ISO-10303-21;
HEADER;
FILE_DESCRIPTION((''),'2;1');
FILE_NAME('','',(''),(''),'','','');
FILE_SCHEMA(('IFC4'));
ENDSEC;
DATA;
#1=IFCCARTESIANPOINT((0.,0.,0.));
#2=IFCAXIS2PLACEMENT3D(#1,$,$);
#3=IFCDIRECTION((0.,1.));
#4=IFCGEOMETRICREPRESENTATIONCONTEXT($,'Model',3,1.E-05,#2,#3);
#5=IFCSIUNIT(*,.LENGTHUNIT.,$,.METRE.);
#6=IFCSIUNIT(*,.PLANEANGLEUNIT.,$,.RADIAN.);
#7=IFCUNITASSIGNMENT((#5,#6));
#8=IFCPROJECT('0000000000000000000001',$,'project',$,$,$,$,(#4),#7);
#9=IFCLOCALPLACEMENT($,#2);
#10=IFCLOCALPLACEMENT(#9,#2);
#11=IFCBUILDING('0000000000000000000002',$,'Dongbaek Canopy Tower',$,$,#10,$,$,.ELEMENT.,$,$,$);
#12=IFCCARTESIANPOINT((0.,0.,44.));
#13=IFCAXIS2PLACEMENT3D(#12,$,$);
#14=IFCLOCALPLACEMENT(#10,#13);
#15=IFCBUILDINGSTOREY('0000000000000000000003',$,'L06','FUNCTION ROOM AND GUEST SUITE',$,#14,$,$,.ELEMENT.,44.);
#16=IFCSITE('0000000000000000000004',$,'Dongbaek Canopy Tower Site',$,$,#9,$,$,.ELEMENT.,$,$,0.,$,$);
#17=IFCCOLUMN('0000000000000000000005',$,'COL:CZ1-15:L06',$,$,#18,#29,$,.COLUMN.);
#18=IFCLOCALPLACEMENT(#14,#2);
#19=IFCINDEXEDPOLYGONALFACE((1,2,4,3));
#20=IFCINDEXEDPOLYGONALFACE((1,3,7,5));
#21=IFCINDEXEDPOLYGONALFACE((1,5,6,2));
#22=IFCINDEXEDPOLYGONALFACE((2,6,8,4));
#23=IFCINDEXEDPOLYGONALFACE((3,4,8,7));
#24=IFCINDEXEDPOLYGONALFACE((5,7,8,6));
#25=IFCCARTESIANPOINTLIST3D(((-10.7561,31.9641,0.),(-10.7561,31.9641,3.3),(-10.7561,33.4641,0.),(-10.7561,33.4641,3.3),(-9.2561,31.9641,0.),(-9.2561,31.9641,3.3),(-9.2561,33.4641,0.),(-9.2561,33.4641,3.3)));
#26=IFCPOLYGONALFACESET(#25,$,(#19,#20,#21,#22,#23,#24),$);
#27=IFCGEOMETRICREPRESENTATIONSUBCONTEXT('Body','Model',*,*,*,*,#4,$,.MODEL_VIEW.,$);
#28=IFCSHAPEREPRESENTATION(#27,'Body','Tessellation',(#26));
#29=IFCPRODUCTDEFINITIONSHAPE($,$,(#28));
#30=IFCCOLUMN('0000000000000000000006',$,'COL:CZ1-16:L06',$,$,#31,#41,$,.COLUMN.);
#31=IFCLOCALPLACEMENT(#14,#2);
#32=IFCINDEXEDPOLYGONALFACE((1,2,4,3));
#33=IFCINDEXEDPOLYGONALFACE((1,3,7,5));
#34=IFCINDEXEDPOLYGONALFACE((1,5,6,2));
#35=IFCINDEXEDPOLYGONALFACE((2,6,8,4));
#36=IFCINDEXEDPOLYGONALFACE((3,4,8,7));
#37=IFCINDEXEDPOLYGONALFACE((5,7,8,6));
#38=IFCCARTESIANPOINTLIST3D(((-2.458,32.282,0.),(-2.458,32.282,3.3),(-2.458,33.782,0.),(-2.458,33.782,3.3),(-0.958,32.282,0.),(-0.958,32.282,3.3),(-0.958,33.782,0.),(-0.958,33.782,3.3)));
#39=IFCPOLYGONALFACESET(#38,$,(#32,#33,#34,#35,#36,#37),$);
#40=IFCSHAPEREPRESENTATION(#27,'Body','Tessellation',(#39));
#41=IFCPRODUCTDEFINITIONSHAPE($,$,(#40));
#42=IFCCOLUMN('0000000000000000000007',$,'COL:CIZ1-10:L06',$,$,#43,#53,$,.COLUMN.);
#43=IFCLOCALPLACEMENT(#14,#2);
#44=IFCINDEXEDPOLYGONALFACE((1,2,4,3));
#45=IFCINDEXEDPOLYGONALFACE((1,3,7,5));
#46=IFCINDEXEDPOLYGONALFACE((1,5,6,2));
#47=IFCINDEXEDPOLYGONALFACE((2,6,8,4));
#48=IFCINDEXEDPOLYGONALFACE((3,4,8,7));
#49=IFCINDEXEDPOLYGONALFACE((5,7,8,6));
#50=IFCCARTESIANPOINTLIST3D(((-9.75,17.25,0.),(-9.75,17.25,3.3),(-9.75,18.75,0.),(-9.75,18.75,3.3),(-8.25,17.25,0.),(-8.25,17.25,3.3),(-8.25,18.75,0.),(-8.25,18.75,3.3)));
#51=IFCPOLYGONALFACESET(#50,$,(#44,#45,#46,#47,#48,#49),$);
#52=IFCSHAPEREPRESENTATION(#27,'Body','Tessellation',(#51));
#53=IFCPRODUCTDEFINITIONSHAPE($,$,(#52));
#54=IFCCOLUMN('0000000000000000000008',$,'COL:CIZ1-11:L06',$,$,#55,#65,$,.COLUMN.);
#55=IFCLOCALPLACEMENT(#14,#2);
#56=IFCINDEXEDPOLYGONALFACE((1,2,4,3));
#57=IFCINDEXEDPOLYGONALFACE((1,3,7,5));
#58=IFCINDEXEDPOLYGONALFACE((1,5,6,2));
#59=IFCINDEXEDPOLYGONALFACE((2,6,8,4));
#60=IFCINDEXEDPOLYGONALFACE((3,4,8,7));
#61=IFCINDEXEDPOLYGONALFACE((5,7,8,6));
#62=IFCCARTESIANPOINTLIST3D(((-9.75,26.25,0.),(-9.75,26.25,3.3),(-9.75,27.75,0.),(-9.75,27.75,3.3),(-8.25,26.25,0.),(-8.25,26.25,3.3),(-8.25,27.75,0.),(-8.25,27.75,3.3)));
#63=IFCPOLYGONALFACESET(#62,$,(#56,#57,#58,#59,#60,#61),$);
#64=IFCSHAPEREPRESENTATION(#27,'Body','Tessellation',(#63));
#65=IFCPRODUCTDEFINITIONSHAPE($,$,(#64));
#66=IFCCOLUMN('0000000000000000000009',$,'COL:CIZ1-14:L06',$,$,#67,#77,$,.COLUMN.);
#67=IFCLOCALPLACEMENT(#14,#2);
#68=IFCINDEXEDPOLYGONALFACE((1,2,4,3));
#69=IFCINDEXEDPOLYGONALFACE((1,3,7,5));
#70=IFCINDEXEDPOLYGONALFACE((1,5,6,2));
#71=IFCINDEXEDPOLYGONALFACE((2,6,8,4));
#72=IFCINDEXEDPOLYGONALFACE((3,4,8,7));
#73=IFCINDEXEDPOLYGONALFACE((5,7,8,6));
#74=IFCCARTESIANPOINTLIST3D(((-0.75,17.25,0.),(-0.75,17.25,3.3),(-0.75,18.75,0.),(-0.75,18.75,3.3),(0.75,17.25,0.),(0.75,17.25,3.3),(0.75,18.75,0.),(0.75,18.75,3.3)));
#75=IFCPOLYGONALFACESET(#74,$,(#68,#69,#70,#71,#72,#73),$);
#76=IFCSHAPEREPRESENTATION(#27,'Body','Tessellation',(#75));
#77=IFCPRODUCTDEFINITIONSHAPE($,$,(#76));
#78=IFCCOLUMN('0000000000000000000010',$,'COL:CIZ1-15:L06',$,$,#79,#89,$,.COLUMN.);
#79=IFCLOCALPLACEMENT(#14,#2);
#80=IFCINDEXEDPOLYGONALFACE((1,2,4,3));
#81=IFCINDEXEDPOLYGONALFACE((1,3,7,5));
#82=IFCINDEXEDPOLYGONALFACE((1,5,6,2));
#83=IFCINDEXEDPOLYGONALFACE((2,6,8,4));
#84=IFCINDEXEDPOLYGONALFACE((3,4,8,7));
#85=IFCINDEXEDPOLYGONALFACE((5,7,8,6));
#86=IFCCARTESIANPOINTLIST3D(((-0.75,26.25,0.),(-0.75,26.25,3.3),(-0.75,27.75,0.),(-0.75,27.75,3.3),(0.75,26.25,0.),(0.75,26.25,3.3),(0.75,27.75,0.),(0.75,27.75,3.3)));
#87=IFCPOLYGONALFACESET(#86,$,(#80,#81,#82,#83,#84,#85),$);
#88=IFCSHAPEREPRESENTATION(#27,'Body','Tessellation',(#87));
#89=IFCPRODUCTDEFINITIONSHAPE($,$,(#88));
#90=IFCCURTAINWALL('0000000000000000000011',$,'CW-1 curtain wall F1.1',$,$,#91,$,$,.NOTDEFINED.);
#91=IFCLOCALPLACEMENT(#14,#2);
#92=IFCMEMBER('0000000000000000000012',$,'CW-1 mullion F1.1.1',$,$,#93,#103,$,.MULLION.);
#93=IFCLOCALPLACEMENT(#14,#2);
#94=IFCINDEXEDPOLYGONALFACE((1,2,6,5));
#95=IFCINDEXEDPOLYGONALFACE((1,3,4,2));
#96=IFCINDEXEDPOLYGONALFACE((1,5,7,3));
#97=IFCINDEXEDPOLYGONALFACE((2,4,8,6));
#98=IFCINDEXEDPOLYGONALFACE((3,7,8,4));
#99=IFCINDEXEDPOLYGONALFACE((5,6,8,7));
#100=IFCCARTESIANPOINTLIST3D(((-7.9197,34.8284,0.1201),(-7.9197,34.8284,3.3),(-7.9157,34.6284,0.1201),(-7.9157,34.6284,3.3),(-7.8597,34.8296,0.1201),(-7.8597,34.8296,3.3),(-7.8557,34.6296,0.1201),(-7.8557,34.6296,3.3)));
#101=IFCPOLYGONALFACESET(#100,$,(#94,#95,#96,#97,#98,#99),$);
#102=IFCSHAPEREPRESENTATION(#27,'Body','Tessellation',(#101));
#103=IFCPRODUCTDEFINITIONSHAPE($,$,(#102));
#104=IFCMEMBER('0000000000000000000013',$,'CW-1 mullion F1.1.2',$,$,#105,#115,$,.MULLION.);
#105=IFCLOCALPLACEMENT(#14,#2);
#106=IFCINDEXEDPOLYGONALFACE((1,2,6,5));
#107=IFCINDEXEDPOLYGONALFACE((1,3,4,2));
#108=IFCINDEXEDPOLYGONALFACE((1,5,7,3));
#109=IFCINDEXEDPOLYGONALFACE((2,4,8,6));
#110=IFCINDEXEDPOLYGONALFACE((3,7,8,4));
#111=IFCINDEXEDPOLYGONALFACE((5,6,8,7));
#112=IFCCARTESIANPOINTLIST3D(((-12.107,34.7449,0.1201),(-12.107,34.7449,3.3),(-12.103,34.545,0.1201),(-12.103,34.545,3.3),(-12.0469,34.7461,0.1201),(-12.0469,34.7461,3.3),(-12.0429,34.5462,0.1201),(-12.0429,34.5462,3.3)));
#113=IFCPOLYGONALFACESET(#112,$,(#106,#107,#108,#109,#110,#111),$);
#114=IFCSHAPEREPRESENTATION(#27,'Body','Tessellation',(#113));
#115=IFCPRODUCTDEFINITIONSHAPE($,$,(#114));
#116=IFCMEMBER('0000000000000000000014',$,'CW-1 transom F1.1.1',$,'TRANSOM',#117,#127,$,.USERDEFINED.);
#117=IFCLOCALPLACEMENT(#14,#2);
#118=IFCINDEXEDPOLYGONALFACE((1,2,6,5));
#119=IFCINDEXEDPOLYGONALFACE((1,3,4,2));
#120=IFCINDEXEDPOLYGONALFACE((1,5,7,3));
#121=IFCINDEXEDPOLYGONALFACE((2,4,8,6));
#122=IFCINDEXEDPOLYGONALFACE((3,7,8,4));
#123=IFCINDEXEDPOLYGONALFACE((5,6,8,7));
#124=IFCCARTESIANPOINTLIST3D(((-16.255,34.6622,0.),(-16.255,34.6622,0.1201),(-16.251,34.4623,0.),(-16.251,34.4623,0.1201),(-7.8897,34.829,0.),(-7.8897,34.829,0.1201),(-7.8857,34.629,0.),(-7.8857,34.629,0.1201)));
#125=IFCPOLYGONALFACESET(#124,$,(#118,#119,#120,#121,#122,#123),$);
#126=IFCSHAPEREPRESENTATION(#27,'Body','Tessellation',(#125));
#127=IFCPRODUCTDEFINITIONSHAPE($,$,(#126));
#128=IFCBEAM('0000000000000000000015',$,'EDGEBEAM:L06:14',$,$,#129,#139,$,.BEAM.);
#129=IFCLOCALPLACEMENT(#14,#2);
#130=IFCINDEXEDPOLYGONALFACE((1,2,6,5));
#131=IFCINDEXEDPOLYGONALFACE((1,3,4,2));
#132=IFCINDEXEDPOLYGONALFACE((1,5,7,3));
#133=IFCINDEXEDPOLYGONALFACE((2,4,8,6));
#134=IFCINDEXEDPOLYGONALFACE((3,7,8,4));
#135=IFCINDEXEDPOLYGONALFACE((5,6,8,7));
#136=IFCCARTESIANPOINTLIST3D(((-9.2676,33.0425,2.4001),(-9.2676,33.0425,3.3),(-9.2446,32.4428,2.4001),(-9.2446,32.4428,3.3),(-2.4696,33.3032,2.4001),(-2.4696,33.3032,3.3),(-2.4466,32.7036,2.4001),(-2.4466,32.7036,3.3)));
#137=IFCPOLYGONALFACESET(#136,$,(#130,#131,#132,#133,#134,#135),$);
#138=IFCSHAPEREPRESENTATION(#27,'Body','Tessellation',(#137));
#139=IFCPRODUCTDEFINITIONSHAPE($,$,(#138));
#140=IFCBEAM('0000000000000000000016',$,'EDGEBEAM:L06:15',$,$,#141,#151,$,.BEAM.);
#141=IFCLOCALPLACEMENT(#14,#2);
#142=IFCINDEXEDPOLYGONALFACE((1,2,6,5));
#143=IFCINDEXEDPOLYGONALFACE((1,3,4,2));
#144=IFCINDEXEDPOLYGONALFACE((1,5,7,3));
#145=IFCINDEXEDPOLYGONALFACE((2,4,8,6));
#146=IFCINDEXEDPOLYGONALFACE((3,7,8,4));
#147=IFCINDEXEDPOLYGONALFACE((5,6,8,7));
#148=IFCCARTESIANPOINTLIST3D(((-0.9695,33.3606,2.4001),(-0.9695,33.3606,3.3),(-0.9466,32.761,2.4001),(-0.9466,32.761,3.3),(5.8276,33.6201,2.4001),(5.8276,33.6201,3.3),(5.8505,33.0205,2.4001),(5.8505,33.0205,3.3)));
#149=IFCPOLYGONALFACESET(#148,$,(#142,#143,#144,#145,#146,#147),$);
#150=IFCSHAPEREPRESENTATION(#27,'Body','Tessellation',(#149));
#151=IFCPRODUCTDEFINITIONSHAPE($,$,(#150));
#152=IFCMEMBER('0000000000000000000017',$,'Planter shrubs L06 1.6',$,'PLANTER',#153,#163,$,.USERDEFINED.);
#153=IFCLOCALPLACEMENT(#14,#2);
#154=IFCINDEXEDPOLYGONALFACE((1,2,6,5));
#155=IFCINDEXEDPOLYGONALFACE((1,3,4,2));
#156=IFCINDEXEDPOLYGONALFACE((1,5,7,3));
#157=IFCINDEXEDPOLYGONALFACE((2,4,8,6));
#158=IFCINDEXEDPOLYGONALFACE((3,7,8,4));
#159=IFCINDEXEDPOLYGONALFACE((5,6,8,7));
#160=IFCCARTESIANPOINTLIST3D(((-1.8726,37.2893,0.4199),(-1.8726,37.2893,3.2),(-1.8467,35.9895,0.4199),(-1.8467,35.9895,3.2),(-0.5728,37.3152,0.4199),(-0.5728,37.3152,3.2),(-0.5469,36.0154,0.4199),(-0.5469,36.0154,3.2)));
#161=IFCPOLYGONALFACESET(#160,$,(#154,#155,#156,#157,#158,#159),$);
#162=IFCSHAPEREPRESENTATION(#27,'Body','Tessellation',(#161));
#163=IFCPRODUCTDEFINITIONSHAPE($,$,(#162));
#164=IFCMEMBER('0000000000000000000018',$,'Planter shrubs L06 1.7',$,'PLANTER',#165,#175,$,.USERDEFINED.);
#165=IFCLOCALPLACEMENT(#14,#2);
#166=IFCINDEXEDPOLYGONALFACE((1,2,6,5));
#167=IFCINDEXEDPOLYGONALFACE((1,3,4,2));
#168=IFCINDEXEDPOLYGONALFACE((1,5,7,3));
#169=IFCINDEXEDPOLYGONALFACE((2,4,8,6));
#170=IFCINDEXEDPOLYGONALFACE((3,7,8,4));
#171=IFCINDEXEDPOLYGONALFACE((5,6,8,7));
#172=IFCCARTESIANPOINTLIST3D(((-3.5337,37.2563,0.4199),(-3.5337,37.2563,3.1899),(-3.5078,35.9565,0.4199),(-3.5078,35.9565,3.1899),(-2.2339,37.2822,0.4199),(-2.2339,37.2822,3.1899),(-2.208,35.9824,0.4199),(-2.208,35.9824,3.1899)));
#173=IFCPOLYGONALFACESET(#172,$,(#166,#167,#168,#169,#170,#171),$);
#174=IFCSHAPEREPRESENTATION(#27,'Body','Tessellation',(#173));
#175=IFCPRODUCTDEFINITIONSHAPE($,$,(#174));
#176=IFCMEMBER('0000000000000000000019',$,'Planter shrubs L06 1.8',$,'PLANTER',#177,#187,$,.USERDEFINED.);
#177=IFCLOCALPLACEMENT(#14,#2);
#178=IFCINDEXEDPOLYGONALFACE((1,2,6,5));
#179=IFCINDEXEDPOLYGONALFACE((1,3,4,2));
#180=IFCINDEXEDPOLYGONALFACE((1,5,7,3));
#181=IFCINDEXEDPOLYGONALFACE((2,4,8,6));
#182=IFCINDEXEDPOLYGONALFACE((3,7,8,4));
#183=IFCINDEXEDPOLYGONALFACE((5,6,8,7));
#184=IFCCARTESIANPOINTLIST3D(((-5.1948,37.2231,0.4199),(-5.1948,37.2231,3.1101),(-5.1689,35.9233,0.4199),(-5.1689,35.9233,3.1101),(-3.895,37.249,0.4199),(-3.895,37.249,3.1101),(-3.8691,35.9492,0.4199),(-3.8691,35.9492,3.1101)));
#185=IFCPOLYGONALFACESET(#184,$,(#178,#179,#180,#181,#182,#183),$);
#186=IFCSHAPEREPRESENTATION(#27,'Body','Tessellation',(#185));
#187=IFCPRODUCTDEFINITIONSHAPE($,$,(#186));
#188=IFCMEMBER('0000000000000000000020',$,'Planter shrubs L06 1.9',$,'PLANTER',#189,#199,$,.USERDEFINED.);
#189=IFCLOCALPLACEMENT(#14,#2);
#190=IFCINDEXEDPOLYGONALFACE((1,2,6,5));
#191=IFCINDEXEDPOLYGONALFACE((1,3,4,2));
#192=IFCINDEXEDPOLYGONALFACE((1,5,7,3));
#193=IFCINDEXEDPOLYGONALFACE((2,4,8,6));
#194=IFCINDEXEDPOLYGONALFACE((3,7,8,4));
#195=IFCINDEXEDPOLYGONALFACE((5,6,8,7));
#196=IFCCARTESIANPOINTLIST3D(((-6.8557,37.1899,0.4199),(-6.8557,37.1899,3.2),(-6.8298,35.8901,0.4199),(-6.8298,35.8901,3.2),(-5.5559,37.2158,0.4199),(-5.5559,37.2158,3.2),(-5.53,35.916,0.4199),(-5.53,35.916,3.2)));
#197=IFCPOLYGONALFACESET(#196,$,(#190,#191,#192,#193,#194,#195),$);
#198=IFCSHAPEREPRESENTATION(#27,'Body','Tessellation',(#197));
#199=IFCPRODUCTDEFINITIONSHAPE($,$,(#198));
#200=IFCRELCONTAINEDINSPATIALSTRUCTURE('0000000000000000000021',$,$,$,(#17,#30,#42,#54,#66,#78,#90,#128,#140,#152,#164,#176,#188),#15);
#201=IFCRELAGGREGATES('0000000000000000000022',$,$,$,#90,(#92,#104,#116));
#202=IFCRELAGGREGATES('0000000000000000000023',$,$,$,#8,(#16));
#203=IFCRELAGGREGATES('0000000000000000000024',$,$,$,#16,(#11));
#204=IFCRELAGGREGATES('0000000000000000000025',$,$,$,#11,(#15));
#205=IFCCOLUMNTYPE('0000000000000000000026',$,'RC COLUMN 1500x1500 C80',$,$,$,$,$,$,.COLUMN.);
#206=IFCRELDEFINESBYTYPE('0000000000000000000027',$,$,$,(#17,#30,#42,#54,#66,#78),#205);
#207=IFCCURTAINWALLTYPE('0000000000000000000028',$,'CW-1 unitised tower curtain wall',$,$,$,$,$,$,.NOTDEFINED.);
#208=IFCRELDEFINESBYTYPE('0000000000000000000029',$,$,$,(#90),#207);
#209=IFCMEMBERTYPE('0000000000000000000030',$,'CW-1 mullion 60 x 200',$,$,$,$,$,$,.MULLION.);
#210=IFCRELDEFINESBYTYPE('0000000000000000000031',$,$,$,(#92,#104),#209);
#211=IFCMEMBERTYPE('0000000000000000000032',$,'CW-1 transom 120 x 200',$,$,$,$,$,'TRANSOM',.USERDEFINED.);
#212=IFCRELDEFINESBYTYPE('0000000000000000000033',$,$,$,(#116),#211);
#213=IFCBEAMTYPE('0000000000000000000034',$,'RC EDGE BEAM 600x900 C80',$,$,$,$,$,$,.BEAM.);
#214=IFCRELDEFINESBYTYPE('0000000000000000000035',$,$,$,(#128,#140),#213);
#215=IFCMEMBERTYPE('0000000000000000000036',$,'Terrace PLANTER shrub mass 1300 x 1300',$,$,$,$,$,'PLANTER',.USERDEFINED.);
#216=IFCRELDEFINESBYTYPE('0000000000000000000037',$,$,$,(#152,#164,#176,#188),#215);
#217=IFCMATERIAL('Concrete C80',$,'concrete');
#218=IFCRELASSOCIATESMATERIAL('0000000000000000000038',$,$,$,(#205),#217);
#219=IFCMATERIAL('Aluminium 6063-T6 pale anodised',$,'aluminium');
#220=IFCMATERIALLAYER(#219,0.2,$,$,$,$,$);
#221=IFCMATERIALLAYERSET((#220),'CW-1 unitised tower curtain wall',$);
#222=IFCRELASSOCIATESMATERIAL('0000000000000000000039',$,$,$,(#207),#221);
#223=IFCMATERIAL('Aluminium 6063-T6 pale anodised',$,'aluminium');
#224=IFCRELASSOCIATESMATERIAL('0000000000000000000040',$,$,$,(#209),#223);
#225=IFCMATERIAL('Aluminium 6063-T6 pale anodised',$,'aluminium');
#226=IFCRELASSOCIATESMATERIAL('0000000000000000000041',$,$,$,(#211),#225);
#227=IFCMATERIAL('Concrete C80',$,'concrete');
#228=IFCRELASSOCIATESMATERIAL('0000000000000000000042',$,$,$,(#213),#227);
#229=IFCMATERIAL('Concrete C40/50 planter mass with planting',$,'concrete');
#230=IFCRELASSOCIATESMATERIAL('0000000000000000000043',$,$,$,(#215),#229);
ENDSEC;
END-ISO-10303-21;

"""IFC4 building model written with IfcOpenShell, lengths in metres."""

from ifc_helpers import new_model, si_unit, direction, frame, origin, origin_2d, place, context, subcontext, project, spatial, rectangle, extrude, material, layer, layer_set, material_profile, profile_set, type_object, element, aggregate, save


model = new_model("IFC4")

# Units and contexts
model_context = context("Model", 3, precision=1e-05, world=origin(), true_north=direction((0.0, 1.0)))
body_context = subcontext(model_context, "Body", "Model", "MODEL_VIEW")
ifc_project = project(units=[si_unit("LENGTHUNIT", "METRE"), si_unit("PLANEANGLEUNIT", "RADIAN")], contexts=[model_context])

# Site, building, storey
site_placement = place(None, origin())
site = spatial("IfcSite", under=ifc_project, at=site_placement, Name="Dongbaek Canopy Tower Site", CompositionType="ELEMENT", RefElevation=0.0)
building_placement = place(site_placement, origin())
building = spatial("IfcBuilding", under=site, at=building_placement, Name="Dongbaek Canopy Tower", CompositionType="ELEMENT")
storey_placement = place(building_placement, frame((0.0, 0.0, 44.0)))
storey = spatial("IfcBuildingStorey", under=building, at=storey_placement, Name="L06", Description="FUNCTION ROOM AND GUEST SUITE", CompositionType="ELEMENT", Elevation=44.0)

# Columns
ifc_material_1 = material(Name="Concrete C80", Category="concrete")
ifc_material_profile_1 = material_profile(ifc_material_1, rectangle(XDim=1.5, YDim=1.5, at=origin_2d()), Name="RC COLUMN 1500x1500 C80")
ifc_profile_set_1 = profile_set([ifc_material_profile_1], Name="Concrete C80")
column_type = type_object("IfcColumnType", Name="RC COLUMN 1500x1500 C80", PredefinedType="COLUMN", material=ifc_profile_set_1)
for number, where, z_axis, x_axis, name in (
    (1, (-10.0061, 32.7141, 0.0), (0.0, 0.0, 1.0), (1.0, 0.0, 0.0), "COL:CZ1-15:L06"),
    (2, (-1.708, 33.032, 0.0), (0.0, 0.0, 1.0), (1.0, 0.0, 0.0), "COL:CZ1-16:L06"),
    (3, (-9.0, 18.0, 0.0), (0.0, 0.0, 1.0), (1.0, 0.0, 0.0), "COL:CIZ1-10:L06"),
    (4, (-9.0, 27.0, 0.0), (0.0, 0.0, 1.0), (1.0, 0.0, 0.0), "COL:CIZ1-11:L06"),
    (5, (0.0, 18.0, 0.0), (0.0, 0.0, 1.0), (1.0, 0.0, 0.0), "COL:CIZ1-14:L06"),
    (6, (0.0, 27.0, 0.0), (0.0, 0.0, 1.0), (1.0, 0.0, 0.0), "COL:CIZ1-15:L06"),
):
    element("IfcColumn", number, at=place(storey_placement, frame(where, z_axis=z_axis, x_axis=x_axis)), inside=storey, type_object=column_type, Name=name, PredefinedType="COLUMN", context=body_context, shape_type="SweptSolid", body=[
        extrude(rectangle(XDim=1.5, YDim=1.5, at=origin_2d()), origin(), (0.0, 0.0, 1.0), 3.3),
    ])

# Curtain wall, members
ifc_material_2 = material(Name="Aluminium 6063-T6 pale anodised", Category="aluminium")
ifc_layer_1 = layer(ifc_material_2, 0.2)
ifc_layer_set_1 = layer_set([ifc_layer_1], Name="CW-1 unitised tower curtain wall")
curtain_wall_type = type_object("IfcCurtainWallType", Name="CW-1 unitised tower curtain wall", PredefinedType="NOTDEFINED", material=ifc_layer_set_1)
curtain_wall_placement = place(storey_placement, origin())
curtain_wall = element("IfcCurtainWall", 7, at=curtain_wall_placement, inside=storey, type_object=curtain_wall_type, Name="CW-1 curtain wall F1.1", PredefinedType="NOTDEFINED")
ifc_material_3 = material(Name="Aluminium 6063-T6 pale anodised", Category="aluminium")
ifc_material_profile_2 = material_profile(ifc_material_3, rectangle(XDim=0.2, YDim=0.0601, at=origin_2d()), Name="CW-1 mullion 60 x 200")
ifc_profile_set_2 = profile_set([ifc_material_profile_2], Name="Aluminium 6063-T6 pale anodised")
member_type_1 = type_object("IfcMemberType", Name="CW-1 mullion 60 x 200", PredefinedType="MULLION", material=ifc_profile_set_2)
member_1_placement = place(storey_placement, frame((-7.8877, 34.729, 0.1201), z_axis=(0.0, 0.0, 1.0), x_axis=(-0.019926, 0.999801, 0.0)))
member_1 = element("IfcMember", 8, at=member_1_placement, type_object=member_type_1, Name="CW-1 mullion F1.1.1", PredefinedType="MULLION", context=body_context, shape_type="SweptSolid", body=[
    extrude(rectangle(XDim=0.2, YDim=0.0601, at=origin_2d()), origin(), (0.0, 0.0, 1.0), 3.1799),
])
member_2_placement = place(storey_placement, frame((-12.075, 34.6455, 0.1201), z_axis=(0.0, 0.0, 1.0), x_axis=(-0.019926, 0.999801, 0.0)))
member_2 = element("IfcMember", 9, at=member_2_placement, type_object=member_type_1, Name="CW-1 mullion F1.1.2", PredefinedType="MULLION", context=body_context, shape_type="SweptSolid", body=[
    extrude(rectangle(XDim=0.2, YDim=0.0601, at=origin_2d()), origin(), (0.0, 0.0, 1.0), 3.1799),
])
ifc_material_4 = material(Name="Aluminium 6063-T6 pale anodised", Category="aluminium")
ifc_material_profile_3 = material_profile(ifc_material_4, rectangle(XDim=0.2, YDim=0.1201, at=origin_2d()), Name="CW-1 transom 120 x 200")
ifc_profile_set_3 = profile_set([ifc_material_profile_3], Name="Aluminium 6063-T6 pale anodised")
member_type_2 = type_object("IfcMemberType", Name="CW-1 transom 120 x 200", ElementType="TRANSOM", PredefinedType="USERDEFINED", material=ifc_profile_set_3)
member_3_placement = place(storey_placement, frame((-7.8877, 34.729, 0.0601), z_axis=(-0.999801, -0.019929, 0.0), x_axis=(0.019929, -0.999801, 0.0)))
member_3 = element("IfcMember", 10, at=member_3_placement, type_object=member_type_2, Name="CW-1 transom F1.1.1", ObjectType="TRANSOM", PredefinedType="USERDEFINED", context=body_context, shape_type="SweptSolid", body=[
    extrude(rectangle(XDim=0.2, YDim=0.1201, at=origin_2d()), origin(), (0.0, 0.0, 1.0), 8.3669),
])

# Beams
ifc_material_5 = material(Name="Concrete C80", Category="concrete")
ifc_material_profile_4 = material_profile(ifc_material_5, rectangle(XDim=0.6001, YDim=0.8999, at=origin_2d()), Name="RC EDGE BEAM 600x900 C80")
ifc_profile_set_4 = profile_set([ifc_material_profile_4], Name="Concrete C80")
beam_type = type_object("IfcBeamType", Name="RC EDGE BEAM 600x900 C80", PredefinedType="BEAM", material=ifc_profile_set_4)
beam_1_placement = place(storey_placement, frame((-9.2561, 32.7427, 2.8501), z_axis=(0.999265, 0.038327, 0.0), x_axis=(-0.038327, 0.999265, 0.0)))
element("IfcBeam", 11, at=beam_1_placement, inside=storey, type_object=beam_type, Name="EDGEBEAM:L06:14", PredefinedType="BEAM", context=body_context, shape_type="SweptSolid", body=[
    extrude(rectangle(XDim=0.6001, YDim=0.8999, at=origin_2d()), origin(), (0.0, 0.0, 1.0), 6.803),
])
beam_2_placement = place(storey_placement, frame((-0.958, 33.0608, 2.8501), z_axis=(0.999272, 0.038153, 0.0), x_axis=(-0.038153, 0.999272, 0.0)))
element("IfcBeam", 12, at=beam_2_placement, inside=storey, type_object=beam_type, Name="EDGEBEAM:L06:15", PredefinedType="BEAM", context=body_context, shape_type="SweptSolid", body=[
    extrude(rectangle(XDim=0.6001, YDim=0.8999, at=origin_2d()), origin(), (0.0, 0.0, 1.0), 6.802),
])

# Members
ifc_material_6 = material(Name="Concrete C40/50 planter mass with planting", Category="concrete")
ifc_material_profile_5 = material_profile(ifc_material_6, rectangle(XDim=1.3, YDim=1.3, at=origin_2d()), Name="Terrace PLANTER shrub mass 1300 x 1300")
ifc_profile_set_5 = profile_set([ifc_material_profile_5], Name="Concrete C40/50 planter mass with planting")
member_type_3 = type_object("IfcMemberType", Name="Terrace PLANTER shrub mass 1300 x 1300", ElementType="PLANTER", PredefinedType="USERDEFINED", material=ifc_profile_set_5)
member_4_placement = place(storey_placement, frame((-1.2097, 36.6523, 0.4199), z_axis=(0.0, 0.0, 1.0), x_axis=(-0.019926, 0.999801, 0.0)))
element("IfcMember", 13, at=member_4_placement, inside=storey, type_object=member_type_3, Name="Planter shrubs L06 1.6", ObjectType="PLANTER", PredefinedType="USERDEFINED", context=body_context, shape_type="SweptSolid", body=[
    extrude(rectangle(XDim=1.3, YDim=1.3, at=origin_2d()), origin(), (0.0, 0.0, 1.0), 2.78),
])
member_5_placement = place(storey_placement, frame((-2.8708, 36.6194, 0.4199), z_axis=(0.0, 0.0, 1.0), x_axis=(-0.019926, 0.999801, 0.0)))
element("IfcMember", 14, at=member_5_placement, inside=storey, type_object=member_type_3, Name="Planter shrubs L06 1.7", ObjectType="PLANTER", PredefinedType="USERDEFINED", context=body_context, shape_type="SweptSolid", body=[
    extrude(rectangle(XDim=1.3, YDim=1.3, at=origin_2d()), origin(), (0.0, 0.0, 1.0), 2.77),
])
member_6_placement = place(storey_placement, frame((-4.532, 36.5862, 0.4199), z_axis=(0.0, 0.0, 1.0), x_axis=(-0.019926, 0.999801, 0.0)))
element("IfcMember", 15, at=member_6_placement, inside=storey, type_object=member_type_3, Name="Planter shrubs L06 1.8", ObjectType="PLANTER", PredefinedType="USERDEFINED", context=body_context, shape_type="SweptSolid", body=[
    extrude(rectangle(XDim=1.3, YDim=1.3, at=origin_2d()), origin(), (0.0, 0.0, 1.0), 2.6902),
])
member_7_placement = place(storey_placement, frame((-6.1929, 36.553, 0.4199), z_axis=(0.0, 0.0, 1.0), x_axis=(-0.019926, 0.999801, 0.0)))
element("IfcMember", 16, at=member_7_placement, inside=storey, type_object=member_type_3, Name="Planter shrubs L06 1.9", ObjectType="PLANTER", PredefinedType="USERDEFINED", context=body_context, shape_type="SweptSolid", body=[
    extrude(rectangle(XDim=1.3, YDim=1.3, at=origin_2d()), origin(), (0.0, 0.0, 1.0), 2.78),
])

aggregate(curtain_wall, [member_1, member_2, member_3])

save(model, "model.ifc")
